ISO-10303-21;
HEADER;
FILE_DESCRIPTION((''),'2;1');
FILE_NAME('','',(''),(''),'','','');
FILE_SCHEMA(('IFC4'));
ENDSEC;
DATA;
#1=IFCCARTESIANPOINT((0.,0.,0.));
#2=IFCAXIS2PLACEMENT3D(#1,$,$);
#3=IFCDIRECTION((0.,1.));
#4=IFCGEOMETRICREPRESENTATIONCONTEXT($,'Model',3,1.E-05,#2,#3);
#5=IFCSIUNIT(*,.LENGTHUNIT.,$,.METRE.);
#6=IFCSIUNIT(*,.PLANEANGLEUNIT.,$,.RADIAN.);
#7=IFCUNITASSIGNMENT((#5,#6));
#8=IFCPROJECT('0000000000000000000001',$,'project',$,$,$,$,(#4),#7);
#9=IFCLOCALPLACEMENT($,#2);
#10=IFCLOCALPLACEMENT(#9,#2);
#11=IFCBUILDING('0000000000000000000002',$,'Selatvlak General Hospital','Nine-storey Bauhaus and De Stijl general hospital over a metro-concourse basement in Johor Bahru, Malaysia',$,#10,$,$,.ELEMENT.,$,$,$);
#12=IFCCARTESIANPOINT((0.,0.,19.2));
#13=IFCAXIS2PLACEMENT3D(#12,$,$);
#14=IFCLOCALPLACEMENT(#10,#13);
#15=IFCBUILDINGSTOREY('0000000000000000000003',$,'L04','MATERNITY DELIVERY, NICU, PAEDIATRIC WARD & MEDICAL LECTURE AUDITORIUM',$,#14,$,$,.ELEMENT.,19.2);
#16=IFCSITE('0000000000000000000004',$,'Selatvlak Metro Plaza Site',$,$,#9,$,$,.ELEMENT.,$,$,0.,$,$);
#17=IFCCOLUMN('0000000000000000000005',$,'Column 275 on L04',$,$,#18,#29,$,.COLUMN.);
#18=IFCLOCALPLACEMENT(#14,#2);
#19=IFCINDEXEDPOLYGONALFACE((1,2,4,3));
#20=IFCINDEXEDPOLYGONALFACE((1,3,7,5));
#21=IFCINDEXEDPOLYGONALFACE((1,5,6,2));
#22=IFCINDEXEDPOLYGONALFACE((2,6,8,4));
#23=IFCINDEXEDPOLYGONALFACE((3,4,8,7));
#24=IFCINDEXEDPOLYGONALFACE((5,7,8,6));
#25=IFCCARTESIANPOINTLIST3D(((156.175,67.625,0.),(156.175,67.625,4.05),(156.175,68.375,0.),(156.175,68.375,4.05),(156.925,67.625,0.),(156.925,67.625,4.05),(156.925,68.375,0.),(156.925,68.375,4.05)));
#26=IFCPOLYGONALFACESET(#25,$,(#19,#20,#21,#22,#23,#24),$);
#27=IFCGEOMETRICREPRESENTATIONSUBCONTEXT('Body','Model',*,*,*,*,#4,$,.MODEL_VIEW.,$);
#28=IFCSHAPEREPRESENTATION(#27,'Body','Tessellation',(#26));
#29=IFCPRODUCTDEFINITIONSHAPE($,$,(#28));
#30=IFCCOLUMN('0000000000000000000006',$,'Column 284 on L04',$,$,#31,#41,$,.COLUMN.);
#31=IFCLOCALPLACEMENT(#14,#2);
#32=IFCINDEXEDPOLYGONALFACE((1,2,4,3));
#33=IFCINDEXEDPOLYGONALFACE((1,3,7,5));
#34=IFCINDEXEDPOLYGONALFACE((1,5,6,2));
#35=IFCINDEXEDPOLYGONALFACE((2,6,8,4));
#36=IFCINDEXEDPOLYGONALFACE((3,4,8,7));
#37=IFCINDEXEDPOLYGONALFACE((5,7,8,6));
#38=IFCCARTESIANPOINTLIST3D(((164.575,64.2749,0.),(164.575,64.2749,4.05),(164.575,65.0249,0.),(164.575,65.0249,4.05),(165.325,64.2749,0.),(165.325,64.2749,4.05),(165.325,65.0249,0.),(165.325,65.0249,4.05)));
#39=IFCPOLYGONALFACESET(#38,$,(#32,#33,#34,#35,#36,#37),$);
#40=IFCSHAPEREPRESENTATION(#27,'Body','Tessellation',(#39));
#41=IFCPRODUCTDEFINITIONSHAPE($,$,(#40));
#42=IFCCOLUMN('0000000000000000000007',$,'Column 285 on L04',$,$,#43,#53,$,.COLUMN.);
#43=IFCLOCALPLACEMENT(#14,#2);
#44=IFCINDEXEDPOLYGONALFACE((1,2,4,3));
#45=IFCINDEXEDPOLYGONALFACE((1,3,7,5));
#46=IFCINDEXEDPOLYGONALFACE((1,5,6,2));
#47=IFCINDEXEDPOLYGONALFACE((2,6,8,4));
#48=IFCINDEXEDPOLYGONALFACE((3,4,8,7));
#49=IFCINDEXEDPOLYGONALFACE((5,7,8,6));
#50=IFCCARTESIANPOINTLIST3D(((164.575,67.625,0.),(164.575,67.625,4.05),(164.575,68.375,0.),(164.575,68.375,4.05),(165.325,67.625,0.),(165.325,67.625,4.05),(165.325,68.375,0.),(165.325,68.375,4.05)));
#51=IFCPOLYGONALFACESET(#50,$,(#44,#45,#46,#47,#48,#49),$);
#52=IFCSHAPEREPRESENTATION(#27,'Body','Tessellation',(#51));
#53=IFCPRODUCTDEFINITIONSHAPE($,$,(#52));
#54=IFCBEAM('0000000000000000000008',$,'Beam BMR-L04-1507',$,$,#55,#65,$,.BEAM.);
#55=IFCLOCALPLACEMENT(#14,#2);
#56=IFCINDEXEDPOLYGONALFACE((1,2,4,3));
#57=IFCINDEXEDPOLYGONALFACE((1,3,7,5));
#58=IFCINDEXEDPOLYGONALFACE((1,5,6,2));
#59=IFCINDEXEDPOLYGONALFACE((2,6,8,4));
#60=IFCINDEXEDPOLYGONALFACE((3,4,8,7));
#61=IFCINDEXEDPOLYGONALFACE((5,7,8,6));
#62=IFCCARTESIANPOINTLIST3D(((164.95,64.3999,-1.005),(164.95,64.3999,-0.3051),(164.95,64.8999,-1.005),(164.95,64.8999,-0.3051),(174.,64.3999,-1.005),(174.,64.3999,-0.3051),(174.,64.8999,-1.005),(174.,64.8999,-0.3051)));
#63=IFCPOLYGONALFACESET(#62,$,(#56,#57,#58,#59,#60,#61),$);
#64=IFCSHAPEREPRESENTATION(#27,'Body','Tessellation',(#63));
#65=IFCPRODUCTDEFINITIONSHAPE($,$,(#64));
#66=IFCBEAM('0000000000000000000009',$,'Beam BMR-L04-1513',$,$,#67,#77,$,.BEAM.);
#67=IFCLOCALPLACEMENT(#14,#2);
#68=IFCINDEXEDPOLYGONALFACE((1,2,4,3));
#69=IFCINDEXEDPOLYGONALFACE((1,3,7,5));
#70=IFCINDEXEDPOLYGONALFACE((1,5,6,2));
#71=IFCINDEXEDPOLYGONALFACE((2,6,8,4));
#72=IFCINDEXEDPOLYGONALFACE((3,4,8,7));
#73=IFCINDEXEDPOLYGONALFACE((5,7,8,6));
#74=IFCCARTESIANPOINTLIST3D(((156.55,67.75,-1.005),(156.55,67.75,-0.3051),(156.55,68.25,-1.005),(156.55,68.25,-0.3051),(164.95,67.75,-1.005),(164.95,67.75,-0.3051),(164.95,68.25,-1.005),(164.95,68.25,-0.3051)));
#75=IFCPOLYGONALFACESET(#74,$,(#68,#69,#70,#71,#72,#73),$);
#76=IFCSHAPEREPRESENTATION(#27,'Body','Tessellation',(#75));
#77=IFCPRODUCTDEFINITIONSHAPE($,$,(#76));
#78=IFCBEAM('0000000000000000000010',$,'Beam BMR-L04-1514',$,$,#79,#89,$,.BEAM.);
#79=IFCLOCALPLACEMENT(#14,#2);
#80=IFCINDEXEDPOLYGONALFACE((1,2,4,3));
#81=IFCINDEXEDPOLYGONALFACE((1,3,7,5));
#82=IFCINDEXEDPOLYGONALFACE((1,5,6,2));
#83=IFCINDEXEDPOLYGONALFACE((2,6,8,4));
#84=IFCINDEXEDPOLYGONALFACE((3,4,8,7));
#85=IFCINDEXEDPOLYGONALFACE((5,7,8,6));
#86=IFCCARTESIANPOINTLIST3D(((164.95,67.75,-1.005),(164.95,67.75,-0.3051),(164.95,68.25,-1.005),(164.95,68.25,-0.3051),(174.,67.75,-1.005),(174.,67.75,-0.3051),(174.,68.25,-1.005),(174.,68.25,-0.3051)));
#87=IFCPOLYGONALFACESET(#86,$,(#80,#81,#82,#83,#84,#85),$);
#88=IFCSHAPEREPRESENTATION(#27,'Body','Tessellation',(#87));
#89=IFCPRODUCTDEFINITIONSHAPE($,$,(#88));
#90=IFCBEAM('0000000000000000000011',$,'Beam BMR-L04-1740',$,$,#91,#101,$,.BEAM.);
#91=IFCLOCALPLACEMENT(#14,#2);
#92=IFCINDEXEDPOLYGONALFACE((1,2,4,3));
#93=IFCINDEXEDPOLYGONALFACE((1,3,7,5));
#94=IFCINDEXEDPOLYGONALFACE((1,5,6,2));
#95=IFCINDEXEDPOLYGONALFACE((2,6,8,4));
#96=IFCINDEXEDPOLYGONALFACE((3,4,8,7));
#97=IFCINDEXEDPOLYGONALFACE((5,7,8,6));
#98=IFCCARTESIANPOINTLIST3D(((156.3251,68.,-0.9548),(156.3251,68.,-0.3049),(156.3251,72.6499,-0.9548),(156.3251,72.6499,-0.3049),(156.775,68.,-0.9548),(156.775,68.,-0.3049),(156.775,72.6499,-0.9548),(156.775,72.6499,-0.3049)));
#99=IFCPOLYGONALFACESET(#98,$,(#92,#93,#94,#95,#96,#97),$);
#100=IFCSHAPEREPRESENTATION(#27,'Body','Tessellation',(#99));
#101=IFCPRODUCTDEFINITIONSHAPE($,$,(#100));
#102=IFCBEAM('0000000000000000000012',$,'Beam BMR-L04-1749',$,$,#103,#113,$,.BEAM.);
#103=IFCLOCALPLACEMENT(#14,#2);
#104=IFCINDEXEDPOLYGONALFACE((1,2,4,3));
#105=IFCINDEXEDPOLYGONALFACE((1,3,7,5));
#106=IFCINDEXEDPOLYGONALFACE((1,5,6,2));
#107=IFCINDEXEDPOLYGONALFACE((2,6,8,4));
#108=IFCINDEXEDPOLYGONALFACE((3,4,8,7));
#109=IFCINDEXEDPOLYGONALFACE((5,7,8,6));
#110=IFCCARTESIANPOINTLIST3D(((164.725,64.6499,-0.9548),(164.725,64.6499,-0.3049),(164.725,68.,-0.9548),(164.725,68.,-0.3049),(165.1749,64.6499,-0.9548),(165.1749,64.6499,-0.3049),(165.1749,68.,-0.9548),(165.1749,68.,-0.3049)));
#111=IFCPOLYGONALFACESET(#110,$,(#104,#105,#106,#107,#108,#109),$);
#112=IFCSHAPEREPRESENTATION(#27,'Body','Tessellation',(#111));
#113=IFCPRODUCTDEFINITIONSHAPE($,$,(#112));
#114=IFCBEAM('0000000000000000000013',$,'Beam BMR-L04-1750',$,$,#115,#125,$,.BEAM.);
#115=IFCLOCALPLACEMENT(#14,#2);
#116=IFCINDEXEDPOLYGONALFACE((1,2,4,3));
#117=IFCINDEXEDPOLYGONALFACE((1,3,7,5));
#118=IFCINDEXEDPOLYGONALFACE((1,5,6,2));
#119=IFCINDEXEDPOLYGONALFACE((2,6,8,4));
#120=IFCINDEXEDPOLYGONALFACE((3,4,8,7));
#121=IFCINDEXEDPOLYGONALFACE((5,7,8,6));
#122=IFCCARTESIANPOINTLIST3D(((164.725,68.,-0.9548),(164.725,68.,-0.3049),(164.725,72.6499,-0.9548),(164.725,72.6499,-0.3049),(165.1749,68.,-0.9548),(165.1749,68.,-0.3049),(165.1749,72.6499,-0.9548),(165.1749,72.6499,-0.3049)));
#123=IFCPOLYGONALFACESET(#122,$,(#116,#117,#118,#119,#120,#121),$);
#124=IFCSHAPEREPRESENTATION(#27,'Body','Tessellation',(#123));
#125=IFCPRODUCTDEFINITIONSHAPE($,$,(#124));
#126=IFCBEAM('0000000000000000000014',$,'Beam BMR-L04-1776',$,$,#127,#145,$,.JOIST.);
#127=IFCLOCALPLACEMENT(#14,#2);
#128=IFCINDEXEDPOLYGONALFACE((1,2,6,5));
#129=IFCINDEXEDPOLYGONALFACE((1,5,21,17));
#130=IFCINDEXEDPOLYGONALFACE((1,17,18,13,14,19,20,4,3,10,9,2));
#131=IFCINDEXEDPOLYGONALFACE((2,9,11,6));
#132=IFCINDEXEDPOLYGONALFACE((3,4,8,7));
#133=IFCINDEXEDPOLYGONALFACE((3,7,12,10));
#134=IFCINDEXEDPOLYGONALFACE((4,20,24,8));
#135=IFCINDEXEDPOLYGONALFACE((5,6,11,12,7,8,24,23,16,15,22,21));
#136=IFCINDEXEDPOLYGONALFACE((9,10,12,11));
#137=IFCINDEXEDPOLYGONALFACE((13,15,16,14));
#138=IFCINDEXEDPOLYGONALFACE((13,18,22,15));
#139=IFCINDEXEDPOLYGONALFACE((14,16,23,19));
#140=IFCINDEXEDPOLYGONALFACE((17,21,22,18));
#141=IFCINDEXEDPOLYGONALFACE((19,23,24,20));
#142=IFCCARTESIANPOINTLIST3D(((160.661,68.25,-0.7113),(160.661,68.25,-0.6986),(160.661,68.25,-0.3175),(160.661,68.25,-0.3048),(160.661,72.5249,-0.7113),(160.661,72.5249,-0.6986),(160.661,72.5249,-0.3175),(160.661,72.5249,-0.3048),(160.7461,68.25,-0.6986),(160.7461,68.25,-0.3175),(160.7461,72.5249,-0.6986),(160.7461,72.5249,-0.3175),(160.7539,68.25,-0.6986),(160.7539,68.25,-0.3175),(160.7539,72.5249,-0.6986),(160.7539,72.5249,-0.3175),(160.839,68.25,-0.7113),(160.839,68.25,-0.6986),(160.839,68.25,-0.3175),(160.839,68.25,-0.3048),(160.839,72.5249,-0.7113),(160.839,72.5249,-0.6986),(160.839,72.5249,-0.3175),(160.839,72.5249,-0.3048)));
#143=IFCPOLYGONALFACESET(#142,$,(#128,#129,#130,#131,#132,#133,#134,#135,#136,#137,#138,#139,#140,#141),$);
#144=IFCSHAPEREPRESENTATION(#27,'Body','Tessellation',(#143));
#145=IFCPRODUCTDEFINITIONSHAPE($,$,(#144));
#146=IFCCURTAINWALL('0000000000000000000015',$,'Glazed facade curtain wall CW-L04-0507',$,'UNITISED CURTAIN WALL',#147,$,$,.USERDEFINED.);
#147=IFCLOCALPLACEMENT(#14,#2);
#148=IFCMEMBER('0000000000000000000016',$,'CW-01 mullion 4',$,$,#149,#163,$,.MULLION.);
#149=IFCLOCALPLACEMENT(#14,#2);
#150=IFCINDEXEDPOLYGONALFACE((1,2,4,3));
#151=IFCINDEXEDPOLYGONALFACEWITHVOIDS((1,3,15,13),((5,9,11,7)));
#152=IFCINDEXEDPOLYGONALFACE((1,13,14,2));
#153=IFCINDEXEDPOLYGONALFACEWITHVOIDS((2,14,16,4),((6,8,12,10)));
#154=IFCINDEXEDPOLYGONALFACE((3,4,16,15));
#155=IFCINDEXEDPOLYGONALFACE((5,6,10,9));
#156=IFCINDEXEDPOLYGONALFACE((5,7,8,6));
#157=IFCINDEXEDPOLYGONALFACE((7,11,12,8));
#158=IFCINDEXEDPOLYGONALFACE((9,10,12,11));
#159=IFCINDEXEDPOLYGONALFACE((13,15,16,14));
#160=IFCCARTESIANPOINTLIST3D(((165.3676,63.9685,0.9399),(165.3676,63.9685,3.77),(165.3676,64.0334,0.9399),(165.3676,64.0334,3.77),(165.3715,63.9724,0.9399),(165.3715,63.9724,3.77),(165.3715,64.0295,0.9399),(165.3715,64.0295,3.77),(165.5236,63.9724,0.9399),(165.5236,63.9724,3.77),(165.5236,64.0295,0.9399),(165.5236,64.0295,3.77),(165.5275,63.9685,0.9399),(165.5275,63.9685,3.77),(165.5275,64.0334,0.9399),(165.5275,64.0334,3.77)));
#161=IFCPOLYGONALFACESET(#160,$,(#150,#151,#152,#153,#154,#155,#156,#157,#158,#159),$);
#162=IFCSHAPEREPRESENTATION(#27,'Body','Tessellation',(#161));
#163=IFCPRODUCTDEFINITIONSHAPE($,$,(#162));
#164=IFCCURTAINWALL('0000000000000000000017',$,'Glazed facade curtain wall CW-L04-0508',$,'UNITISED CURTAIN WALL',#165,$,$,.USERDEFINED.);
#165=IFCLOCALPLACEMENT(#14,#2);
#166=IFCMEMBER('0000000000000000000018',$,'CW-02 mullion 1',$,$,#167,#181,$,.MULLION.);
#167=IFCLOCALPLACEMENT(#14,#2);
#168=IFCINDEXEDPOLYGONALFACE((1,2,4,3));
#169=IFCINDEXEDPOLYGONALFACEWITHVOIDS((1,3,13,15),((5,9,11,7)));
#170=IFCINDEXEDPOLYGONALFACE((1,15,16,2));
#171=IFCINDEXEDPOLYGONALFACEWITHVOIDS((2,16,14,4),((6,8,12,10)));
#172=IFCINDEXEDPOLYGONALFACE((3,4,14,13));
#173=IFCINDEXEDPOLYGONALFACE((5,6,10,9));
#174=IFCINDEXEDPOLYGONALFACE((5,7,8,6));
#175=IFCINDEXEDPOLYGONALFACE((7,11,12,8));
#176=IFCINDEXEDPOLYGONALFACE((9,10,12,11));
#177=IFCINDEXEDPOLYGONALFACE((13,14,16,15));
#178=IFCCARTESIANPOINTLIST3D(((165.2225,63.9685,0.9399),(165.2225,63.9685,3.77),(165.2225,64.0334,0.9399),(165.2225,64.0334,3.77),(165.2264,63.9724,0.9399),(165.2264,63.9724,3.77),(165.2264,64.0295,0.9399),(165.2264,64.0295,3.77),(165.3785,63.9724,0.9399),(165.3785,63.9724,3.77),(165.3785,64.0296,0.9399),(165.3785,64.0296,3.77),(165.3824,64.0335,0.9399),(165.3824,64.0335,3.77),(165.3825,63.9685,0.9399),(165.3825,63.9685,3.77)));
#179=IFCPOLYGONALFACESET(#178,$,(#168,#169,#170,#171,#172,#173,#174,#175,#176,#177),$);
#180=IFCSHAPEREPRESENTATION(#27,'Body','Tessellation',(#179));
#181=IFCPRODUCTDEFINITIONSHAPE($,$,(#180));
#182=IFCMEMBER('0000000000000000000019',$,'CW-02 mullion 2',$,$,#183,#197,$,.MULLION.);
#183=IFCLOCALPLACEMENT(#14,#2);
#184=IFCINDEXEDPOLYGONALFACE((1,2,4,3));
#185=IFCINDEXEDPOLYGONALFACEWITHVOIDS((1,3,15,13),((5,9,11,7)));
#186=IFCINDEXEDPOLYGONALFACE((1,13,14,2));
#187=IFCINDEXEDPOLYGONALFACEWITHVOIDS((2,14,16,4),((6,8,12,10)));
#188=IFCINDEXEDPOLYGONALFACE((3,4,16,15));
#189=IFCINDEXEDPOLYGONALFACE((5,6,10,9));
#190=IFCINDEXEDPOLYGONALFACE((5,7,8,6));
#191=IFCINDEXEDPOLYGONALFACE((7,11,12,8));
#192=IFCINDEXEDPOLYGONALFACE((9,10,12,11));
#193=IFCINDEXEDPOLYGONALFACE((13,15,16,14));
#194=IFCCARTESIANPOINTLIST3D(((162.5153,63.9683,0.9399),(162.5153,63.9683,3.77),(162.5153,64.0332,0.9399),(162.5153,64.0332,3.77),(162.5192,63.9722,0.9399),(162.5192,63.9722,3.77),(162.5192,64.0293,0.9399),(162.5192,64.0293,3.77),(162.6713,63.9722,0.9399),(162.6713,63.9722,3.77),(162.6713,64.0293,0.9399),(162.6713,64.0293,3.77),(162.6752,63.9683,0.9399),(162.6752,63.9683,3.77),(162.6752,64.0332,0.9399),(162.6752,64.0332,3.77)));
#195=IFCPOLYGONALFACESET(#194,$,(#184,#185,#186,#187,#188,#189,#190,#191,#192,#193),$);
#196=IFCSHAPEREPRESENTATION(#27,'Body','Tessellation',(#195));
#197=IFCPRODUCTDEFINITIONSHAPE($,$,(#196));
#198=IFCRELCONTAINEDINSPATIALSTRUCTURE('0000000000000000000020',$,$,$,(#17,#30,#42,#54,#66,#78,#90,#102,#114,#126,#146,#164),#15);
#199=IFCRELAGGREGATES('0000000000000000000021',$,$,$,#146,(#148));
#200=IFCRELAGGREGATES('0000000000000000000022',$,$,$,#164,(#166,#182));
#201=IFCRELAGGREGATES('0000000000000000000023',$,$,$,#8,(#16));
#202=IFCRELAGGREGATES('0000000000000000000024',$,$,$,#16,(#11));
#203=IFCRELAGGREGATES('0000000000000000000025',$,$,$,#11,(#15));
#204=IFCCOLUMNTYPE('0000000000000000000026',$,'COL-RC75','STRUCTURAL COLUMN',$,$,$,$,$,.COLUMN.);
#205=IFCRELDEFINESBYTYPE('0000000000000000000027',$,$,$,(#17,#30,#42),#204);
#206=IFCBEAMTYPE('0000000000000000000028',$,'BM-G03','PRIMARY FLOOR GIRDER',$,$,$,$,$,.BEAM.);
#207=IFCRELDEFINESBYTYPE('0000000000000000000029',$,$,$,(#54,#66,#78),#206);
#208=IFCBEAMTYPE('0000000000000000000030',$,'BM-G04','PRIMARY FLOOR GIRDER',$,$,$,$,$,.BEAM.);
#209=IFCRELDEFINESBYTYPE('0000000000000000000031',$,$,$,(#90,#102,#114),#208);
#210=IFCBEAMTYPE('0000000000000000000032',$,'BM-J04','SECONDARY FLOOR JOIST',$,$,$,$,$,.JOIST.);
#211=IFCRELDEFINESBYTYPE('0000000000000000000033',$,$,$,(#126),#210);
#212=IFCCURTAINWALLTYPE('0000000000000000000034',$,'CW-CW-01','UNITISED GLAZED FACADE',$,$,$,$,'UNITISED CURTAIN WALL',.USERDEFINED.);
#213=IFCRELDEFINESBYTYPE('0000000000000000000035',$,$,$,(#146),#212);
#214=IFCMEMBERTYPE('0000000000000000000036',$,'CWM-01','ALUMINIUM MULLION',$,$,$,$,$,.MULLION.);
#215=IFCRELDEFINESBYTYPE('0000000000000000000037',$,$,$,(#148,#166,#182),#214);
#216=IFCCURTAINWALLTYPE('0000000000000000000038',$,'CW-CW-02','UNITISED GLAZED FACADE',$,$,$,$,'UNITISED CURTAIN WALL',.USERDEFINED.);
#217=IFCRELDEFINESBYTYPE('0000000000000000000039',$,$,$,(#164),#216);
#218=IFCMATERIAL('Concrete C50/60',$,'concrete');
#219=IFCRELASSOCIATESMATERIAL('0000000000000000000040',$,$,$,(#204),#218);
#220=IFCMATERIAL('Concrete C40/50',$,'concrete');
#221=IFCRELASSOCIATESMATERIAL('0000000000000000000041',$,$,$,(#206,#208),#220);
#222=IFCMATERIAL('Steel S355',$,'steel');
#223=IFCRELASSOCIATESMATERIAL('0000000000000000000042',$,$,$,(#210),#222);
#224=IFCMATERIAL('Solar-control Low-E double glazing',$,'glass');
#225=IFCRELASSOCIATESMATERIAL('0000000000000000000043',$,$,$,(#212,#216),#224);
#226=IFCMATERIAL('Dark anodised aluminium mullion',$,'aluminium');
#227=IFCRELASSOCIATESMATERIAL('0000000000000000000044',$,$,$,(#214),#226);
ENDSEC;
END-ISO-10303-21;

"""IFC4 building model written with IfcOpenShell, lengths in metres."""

from ifc_helpers import new_model, si_unit, direction, frame, origin, origin_2d, place, context, subcontext, project, spatial, rectangle, hollow_rectangle, i_section, extrude, material, material_profile, profile_set, type_object, element, aggregate, save


model = new_model("IFC4")

# Units and contexts
model_context = context("Model", 3, precision=1e-05, world=origin(), true_north=direction((0.0, 1.0)))
body_context = subcontext(model_context, "Body", "Model", "MODEL_VIEW")
ifc_project = project(units=[si_unit("LENGTHUNIT", "METRE"), si_unit("PLANEANGLEUNIT", "RADIAN")], contexts=[model_context])

# Site, building, storey
site_placement = place(None, origin())
site = spatial("IfcSite", under=ifc_project, at=site_placement, Name="Selatvlak Metro Plaza Site", CompositionType="ELEMENT", RefElevation=0.0)
building_placement = place(site_placement, origin())
building = spatial("IfcBuilding", under=site, at=building_placement, Name="Selatvlak General Hospital", Description="Nine-storey Bauhaus and De Stijl general hospital over a metro-concourse basement in Johor Bahru, Malaysia", CompositionType="ELEMENT")
storey_placement = place(building_placement, frame((0.0, 0.0, 19.2)))
storey = spatial("IfcBuildingStorey", under=building, at=storey_placement, Name="L04", Description="MATERNITY DELIVERY, NICU, PAEDIATRIC WARD & MEDICAL LECTURE AUDITORIUM", CompositionType="ELEMENT", Elevation=19.2)

# Columns
ifc_material_1 = material(Name="Concrete C50/60", Category="concrete")
ifc_material_profile_1 = material_profile(ifc_material_1, rectangle(XDim=0.75, YDim=0.75, at=origin_2d()), Name="RC-COL 750x750")
ifc_profile_set_1 = profile_set([ifc_material_profile_1], Name="Concrete C50/60")
column_type = type_object("IfcColumnType", Name="COL-RC75", Description="STRUCTURAL COLUMN", PredefinedType="COLUMN", material=ifc_profile_set_1)
for number, where, z_axis, x_axis, name in (
    (1, (156.55, 68.0, 0.0), (0.0, 0.0, 1.0), (1.0, 0.0, 0.0), "Column 275 on L04"),
    (2, (164.95, 64.6499, 0.0), (0.0, 0.0, 1.0), (1.0, 0.0, 0.0), "Column 284 on L04"),
    (3, (164.95, 68.0, 0.0), (0.0, 0.0, 1.0), (1.0, 0.0, 0.0), "Column 285 on L04"),
):
    element("IfcColumn", number, at=place(storey_placement, frame(where, z_axis=z_axis, x_axis=x_axis)), inside=storey, type_object=column_type, Name=name, PredefinedType="COLUMN", context=body_context, shape_type="SweptSolid", body=[
        extrude(rectangle(XDim=0.75, YDim=0.75, at=origin_2d()), origin(), (0.0, 0.0, 1.0), 4.05),
    ])

# Beams
ifc_material_2 = material(Name="Concrete C40/50", Category="concrete")
ifc_material_profile_2 = material_profile(ifc_material_2, rectangle(XDim=0.5, YDim=0.7, at=origin_2d()), Name="RC-BM 500x700")
ifc_profile_set_2 = profile_set([ifc_material_profile_2], Name="Concrete C40/50")
beam_type_1 = type_object("IfcBeamType", Name="BM-G03", Description="PRIMARY FLOOR GIRDER", PredefinedType="BEAM", material=ifc_profile_set_2)
beam_1_placement = place(storey_placement, frame((164.95, 64.6499, -0.655), z_axis=(1.0, 0.0, 0.0), x_axis=(0.0, 1.0, 0.0)))
element("IfcBeam", 4, at=beam_1_placement, inside=storey, type_object=beam_type_1, Name="Beam BMR-L04-1507", PredefinedType="BEAM", context=body_context, shape_type="SweptSolid", body=[
    extrude(rectangle(XDim=0.5, YDim=0.7, at=origin_2d()), origin(), (0.0, 0.0, 1.0), 9.05),
])
beam_2_placement = place(storey_placement, frame((156.55, 68.0, -0.655), z_axis=(1.0, 0.0, 0.0), x_axis=(0.0, 1.0, 0.0)))
element("IfcBeam", 5, at=beam_2_placement, inside=storey, type_object=beam_type_1, Name="Beam BMR-L04-1513", PredefinedType="BEAM", context=body_context, shape_type="SweptSolid", body=[
    extrude(rectangle(XDim=0.5, YDim=0.7, at=origin_2d()), origin(), (0.0, 0.0, 1.0), 8.3999),
])
beam_3_placement = place(storey_placement, frame((164.95, 68.0, -0.655), z_axis=(1.0, 0.0, 0.0), x_axis=(0.0, 1.0, 0.0)))
element("IfcBeam", 6, at=beam_3_placement, inside=storey, type_object=beam_type_1, Name="Beam BMR-L04-1514", PredefinedType="BEAM", context=body_context, shape_type="SweptSolid", body=[
    extrude(rectangle(XDim=0.5, YDim=0.7, at=origin_2d()), origin(), (0.0, 0.0, 1.0), 9.05),
])
ifc_material_profile_3 = material_profile(ifc_material_2, rectangle(XDim=0.45, YDim=0.6499, at=origin_2d()), Name="RC-BM 450x650")
ifc_profile_set_3 = profile_set([ifc_material_profile_3], Name="Concrete C40/50")
beam_type_2 = type_object("IfcBeamType", Name="BM-G04", Description="PRIMARY FLOOR GIRDER", PredefinedType="BEAM", material=ifc_profile_set_3)
beam_4_placement = place(storey_placement, frame((156.55, 68.0, -0.6299), z_axis=(0.0, 1.0, 0.0), x_axis=(-1.0, 0.0, 0.0)))
element("IfcBeam", 7, at=beam_4_placement, inside=storey, type_object=beam_type_2, Name="Beam BMR-L04-1740", PredefinedType="BEAM", context=body_context, shape_type="SweptSolid", body=[
    extrude(rectangle(XDim=0.45, YDim=0.6499, at=origin_2d()), origin(), (0.0, 0.0, 1.0), 4.6499),
])
beam_5_placement = place(storey_placement, frame((164.95, 64.6499, -0.6299), z_axis=(0.0, 1.0, 0.0), x_axis=(-1.0, 0.0, 0.0)))
element("IfcBeam", 8, at=beam_5_placement, inside=storey, type_object=beam_type_2, Name="Beam BMR-L04-1749", PredefinedType="BEAM", context=body_context, shape_type="SweptSolid", body=[
    extrude(rectangle(XDim=0.45, YDim=0.6499, at=origin_2d()), origin(), (0.0, 0.0, 1.0), 3.3501),
])
beam_6_placement = place(storey_placement, frame((164.95, 68.0, -0.6299), z_axis=(0.0, 1.0, 0.0), x_axis=(-1.0, 0.0, 0.0)))
element("IfcBeam", 9, at=beam_6_placement, inside=storey, type_object=beam_type_2, Name="Beam BMR-L04-1750", PredefinedType="BEAM", context=body_context, shape_type="SweptSolid", body=[
    extrude(rectangle(XDim=0.45, YDim=0.6499, at=origin_2d()), origin(), (0.0, 0.0, 1.0), 4.6499),
])
ifc_material_3 = material(Name="Steel S355", Category="steel")
ifc_material_profile_4 = material_profile(ifc_material_3, i_section(OverallWidth=0.178, OverallDepth=0.4065, WebThickness=0.0078, FlangeThickness=0.0127, at=origin_2d()), Name="UB 406x178x60")
ifc_profile_set_4 = profile_set([ifc_material_profile_4], Name="Steel S355")
beam_type_3 = type_object("IfcBeamType", Name="BM-J04", Description="SECONDARY FLOOR JOIST", PredefinedType="JOIST", material=ifc_profile_set_4)
beam_7_placement = place(storey_placement, frame((160.75, 68.25, -0.5081), z_axis=(0.0, 1.0, 0.0), x_axis=(-1.0, 0.0, 0.0)))
element("IfcBeam", 10, at=beam_7_placement, inside=storey, type_object=beam_type_3, Name="Beam BMR-L04-1776", PredefinedType="JOIST", context=body_context, shape_type="SweptSolid", body=[
    extrude(i_section(OverallWidth=0.178, OverallDepth=0.4065, WebThickness=0.0078, FlangeThickness=0.0127, at=origin_2d()), origin(), (0.0, 0.0, 1.0), 4.2749),
])

# Curtain wall, member
ifc_material_4 = material(Name="Solar-control Low-E double glazing", Category="glass")
curtain_wall_type_1 = type_object("IfcCurtainWallType", Name="CW-CW-01", Description="UNITISED GLAZED FACADE", ElementType="UNITISED CURTAIN WALL", PredefinedType="USERDEFINED", material=ifc_material_4)
curtain_wall_1_placement = place(storey_placement, origin())
curtain_wall_1 = element("IfcCurtainWall", 11, at=curtain_wall_1_placement, inside=storey, type_object=curtain_wall_type_1, Name="Glazed facade curtain wall CW-L04-0507", ObjectType="UNITISED CURTAIN WALL", PredefinedType="USERDEFINED")
ifc_material_5 = material(Name="Dark anodised aluminium mullion", Category="aluminium")
ifc_material_profile_5 = material_profile(ifc_material_5, hollow_rectangle(XDim=0.0649, YDim=0.1599, WallThickness=0.0039, at=origin_2d()), Name="AL-MUL 65x160x4")
ifc_profile_set_5 = profile_set([ifc_material_profile_5], Name="Dark anodised aluminium mullion")
member_type_1 = type_object("IfcMemberType", Name="CWM-01", Description="ALUMINIUM MULLION", PredefinedType="MULLION", material=ifc_profile_set_5)
member_1_placement = place(storey_placement, frame((165.4475, 64.001, 0.9399), z_axis=(0.0, 0.0, 1.0), x_axis=(0.0, -1.0, 0.0)))
member_1 = element("IfcMember", 12, at=member_1_placement, type_object=member_type_1, Name="CW-01 mullion 4", PredefinedType="MULLION", context=body_context, shape_type="SweptSolid", body=[
    extrude(hollow_rectangle(XDim=0.0649, YDim=0.1599, WallThickness=0.0039, at=origin_2d()), origin(), (0.0, 0.0, 1.0), 2.8301),
])

# Curtain wall, members
curtain_wall_type_2 = type_object("IfcCurtainWallType", Name="CW-CW-02", Description="UNITISED GLAZED FACADE", ElementType="UNITISED CURTAIN WALL", PredefinedType="USERDEFINED", material=ifc_material_4)
curtain_wall_2_placement = place(storey_placement, origin())
curtain_wall_2 = element("IfcCurtainWall", 13, at=curtain_wall_2_placement, inside=storey, type_object=curtain_wall_type_2, Name="Glazed facade curtain wall CW-L04-0508", ObjectType="UNITISED CURTAIN WALL", PredefinedType="USERDEFINED")
member_2_placement = place(storey_placement, frame((165.3025, 64.001, 0.9399), z_axis=(0.0, 0.0, 1.0), x_axis=(0.000122, -1.0, 0.0)))
member_2 = element("IfcMember", 14, at=member_2_placement, type_object=member_type_1, Name="CW-02 mullion 1", PredefinedType="MULLION", context=body_context, shape_type="SweptSolid", body=[
    extrude(hollow_rectangle(XDim=0.0649, YDim=0.1599, WallThickness=0.0039, at=origin_2d()), origin(), (0.0, 0.0, 1.0), 2.8301),
])
member_3_placement = place(storey_placement, frame((162.5952, 64.0007, 0.9399), z_axis=(0.0, 0.0, 1.0), x_axis=(0.000122, -1.0, 0.0)))
member_3 = element("IfcMember", 15, at=member_3_placement, type_object=member_type_1, Name="CW-02 mullion 2", PredefinedType="MULLION", context=body_context, shape_type="SweptSolid", body=[
    extrude(hollow_rectangle(XDim=0.0649, YDim=0.1599, WallThickness=0.0039, at=origin_2d()), origin(), (0.0, 0.0, 1.0), 2.8301),
])

aggregate(curtain_wall_1, [member_1])
aggregate(curtain_wall_2, [member_2, member_3])

save(model, "model.ifc")
